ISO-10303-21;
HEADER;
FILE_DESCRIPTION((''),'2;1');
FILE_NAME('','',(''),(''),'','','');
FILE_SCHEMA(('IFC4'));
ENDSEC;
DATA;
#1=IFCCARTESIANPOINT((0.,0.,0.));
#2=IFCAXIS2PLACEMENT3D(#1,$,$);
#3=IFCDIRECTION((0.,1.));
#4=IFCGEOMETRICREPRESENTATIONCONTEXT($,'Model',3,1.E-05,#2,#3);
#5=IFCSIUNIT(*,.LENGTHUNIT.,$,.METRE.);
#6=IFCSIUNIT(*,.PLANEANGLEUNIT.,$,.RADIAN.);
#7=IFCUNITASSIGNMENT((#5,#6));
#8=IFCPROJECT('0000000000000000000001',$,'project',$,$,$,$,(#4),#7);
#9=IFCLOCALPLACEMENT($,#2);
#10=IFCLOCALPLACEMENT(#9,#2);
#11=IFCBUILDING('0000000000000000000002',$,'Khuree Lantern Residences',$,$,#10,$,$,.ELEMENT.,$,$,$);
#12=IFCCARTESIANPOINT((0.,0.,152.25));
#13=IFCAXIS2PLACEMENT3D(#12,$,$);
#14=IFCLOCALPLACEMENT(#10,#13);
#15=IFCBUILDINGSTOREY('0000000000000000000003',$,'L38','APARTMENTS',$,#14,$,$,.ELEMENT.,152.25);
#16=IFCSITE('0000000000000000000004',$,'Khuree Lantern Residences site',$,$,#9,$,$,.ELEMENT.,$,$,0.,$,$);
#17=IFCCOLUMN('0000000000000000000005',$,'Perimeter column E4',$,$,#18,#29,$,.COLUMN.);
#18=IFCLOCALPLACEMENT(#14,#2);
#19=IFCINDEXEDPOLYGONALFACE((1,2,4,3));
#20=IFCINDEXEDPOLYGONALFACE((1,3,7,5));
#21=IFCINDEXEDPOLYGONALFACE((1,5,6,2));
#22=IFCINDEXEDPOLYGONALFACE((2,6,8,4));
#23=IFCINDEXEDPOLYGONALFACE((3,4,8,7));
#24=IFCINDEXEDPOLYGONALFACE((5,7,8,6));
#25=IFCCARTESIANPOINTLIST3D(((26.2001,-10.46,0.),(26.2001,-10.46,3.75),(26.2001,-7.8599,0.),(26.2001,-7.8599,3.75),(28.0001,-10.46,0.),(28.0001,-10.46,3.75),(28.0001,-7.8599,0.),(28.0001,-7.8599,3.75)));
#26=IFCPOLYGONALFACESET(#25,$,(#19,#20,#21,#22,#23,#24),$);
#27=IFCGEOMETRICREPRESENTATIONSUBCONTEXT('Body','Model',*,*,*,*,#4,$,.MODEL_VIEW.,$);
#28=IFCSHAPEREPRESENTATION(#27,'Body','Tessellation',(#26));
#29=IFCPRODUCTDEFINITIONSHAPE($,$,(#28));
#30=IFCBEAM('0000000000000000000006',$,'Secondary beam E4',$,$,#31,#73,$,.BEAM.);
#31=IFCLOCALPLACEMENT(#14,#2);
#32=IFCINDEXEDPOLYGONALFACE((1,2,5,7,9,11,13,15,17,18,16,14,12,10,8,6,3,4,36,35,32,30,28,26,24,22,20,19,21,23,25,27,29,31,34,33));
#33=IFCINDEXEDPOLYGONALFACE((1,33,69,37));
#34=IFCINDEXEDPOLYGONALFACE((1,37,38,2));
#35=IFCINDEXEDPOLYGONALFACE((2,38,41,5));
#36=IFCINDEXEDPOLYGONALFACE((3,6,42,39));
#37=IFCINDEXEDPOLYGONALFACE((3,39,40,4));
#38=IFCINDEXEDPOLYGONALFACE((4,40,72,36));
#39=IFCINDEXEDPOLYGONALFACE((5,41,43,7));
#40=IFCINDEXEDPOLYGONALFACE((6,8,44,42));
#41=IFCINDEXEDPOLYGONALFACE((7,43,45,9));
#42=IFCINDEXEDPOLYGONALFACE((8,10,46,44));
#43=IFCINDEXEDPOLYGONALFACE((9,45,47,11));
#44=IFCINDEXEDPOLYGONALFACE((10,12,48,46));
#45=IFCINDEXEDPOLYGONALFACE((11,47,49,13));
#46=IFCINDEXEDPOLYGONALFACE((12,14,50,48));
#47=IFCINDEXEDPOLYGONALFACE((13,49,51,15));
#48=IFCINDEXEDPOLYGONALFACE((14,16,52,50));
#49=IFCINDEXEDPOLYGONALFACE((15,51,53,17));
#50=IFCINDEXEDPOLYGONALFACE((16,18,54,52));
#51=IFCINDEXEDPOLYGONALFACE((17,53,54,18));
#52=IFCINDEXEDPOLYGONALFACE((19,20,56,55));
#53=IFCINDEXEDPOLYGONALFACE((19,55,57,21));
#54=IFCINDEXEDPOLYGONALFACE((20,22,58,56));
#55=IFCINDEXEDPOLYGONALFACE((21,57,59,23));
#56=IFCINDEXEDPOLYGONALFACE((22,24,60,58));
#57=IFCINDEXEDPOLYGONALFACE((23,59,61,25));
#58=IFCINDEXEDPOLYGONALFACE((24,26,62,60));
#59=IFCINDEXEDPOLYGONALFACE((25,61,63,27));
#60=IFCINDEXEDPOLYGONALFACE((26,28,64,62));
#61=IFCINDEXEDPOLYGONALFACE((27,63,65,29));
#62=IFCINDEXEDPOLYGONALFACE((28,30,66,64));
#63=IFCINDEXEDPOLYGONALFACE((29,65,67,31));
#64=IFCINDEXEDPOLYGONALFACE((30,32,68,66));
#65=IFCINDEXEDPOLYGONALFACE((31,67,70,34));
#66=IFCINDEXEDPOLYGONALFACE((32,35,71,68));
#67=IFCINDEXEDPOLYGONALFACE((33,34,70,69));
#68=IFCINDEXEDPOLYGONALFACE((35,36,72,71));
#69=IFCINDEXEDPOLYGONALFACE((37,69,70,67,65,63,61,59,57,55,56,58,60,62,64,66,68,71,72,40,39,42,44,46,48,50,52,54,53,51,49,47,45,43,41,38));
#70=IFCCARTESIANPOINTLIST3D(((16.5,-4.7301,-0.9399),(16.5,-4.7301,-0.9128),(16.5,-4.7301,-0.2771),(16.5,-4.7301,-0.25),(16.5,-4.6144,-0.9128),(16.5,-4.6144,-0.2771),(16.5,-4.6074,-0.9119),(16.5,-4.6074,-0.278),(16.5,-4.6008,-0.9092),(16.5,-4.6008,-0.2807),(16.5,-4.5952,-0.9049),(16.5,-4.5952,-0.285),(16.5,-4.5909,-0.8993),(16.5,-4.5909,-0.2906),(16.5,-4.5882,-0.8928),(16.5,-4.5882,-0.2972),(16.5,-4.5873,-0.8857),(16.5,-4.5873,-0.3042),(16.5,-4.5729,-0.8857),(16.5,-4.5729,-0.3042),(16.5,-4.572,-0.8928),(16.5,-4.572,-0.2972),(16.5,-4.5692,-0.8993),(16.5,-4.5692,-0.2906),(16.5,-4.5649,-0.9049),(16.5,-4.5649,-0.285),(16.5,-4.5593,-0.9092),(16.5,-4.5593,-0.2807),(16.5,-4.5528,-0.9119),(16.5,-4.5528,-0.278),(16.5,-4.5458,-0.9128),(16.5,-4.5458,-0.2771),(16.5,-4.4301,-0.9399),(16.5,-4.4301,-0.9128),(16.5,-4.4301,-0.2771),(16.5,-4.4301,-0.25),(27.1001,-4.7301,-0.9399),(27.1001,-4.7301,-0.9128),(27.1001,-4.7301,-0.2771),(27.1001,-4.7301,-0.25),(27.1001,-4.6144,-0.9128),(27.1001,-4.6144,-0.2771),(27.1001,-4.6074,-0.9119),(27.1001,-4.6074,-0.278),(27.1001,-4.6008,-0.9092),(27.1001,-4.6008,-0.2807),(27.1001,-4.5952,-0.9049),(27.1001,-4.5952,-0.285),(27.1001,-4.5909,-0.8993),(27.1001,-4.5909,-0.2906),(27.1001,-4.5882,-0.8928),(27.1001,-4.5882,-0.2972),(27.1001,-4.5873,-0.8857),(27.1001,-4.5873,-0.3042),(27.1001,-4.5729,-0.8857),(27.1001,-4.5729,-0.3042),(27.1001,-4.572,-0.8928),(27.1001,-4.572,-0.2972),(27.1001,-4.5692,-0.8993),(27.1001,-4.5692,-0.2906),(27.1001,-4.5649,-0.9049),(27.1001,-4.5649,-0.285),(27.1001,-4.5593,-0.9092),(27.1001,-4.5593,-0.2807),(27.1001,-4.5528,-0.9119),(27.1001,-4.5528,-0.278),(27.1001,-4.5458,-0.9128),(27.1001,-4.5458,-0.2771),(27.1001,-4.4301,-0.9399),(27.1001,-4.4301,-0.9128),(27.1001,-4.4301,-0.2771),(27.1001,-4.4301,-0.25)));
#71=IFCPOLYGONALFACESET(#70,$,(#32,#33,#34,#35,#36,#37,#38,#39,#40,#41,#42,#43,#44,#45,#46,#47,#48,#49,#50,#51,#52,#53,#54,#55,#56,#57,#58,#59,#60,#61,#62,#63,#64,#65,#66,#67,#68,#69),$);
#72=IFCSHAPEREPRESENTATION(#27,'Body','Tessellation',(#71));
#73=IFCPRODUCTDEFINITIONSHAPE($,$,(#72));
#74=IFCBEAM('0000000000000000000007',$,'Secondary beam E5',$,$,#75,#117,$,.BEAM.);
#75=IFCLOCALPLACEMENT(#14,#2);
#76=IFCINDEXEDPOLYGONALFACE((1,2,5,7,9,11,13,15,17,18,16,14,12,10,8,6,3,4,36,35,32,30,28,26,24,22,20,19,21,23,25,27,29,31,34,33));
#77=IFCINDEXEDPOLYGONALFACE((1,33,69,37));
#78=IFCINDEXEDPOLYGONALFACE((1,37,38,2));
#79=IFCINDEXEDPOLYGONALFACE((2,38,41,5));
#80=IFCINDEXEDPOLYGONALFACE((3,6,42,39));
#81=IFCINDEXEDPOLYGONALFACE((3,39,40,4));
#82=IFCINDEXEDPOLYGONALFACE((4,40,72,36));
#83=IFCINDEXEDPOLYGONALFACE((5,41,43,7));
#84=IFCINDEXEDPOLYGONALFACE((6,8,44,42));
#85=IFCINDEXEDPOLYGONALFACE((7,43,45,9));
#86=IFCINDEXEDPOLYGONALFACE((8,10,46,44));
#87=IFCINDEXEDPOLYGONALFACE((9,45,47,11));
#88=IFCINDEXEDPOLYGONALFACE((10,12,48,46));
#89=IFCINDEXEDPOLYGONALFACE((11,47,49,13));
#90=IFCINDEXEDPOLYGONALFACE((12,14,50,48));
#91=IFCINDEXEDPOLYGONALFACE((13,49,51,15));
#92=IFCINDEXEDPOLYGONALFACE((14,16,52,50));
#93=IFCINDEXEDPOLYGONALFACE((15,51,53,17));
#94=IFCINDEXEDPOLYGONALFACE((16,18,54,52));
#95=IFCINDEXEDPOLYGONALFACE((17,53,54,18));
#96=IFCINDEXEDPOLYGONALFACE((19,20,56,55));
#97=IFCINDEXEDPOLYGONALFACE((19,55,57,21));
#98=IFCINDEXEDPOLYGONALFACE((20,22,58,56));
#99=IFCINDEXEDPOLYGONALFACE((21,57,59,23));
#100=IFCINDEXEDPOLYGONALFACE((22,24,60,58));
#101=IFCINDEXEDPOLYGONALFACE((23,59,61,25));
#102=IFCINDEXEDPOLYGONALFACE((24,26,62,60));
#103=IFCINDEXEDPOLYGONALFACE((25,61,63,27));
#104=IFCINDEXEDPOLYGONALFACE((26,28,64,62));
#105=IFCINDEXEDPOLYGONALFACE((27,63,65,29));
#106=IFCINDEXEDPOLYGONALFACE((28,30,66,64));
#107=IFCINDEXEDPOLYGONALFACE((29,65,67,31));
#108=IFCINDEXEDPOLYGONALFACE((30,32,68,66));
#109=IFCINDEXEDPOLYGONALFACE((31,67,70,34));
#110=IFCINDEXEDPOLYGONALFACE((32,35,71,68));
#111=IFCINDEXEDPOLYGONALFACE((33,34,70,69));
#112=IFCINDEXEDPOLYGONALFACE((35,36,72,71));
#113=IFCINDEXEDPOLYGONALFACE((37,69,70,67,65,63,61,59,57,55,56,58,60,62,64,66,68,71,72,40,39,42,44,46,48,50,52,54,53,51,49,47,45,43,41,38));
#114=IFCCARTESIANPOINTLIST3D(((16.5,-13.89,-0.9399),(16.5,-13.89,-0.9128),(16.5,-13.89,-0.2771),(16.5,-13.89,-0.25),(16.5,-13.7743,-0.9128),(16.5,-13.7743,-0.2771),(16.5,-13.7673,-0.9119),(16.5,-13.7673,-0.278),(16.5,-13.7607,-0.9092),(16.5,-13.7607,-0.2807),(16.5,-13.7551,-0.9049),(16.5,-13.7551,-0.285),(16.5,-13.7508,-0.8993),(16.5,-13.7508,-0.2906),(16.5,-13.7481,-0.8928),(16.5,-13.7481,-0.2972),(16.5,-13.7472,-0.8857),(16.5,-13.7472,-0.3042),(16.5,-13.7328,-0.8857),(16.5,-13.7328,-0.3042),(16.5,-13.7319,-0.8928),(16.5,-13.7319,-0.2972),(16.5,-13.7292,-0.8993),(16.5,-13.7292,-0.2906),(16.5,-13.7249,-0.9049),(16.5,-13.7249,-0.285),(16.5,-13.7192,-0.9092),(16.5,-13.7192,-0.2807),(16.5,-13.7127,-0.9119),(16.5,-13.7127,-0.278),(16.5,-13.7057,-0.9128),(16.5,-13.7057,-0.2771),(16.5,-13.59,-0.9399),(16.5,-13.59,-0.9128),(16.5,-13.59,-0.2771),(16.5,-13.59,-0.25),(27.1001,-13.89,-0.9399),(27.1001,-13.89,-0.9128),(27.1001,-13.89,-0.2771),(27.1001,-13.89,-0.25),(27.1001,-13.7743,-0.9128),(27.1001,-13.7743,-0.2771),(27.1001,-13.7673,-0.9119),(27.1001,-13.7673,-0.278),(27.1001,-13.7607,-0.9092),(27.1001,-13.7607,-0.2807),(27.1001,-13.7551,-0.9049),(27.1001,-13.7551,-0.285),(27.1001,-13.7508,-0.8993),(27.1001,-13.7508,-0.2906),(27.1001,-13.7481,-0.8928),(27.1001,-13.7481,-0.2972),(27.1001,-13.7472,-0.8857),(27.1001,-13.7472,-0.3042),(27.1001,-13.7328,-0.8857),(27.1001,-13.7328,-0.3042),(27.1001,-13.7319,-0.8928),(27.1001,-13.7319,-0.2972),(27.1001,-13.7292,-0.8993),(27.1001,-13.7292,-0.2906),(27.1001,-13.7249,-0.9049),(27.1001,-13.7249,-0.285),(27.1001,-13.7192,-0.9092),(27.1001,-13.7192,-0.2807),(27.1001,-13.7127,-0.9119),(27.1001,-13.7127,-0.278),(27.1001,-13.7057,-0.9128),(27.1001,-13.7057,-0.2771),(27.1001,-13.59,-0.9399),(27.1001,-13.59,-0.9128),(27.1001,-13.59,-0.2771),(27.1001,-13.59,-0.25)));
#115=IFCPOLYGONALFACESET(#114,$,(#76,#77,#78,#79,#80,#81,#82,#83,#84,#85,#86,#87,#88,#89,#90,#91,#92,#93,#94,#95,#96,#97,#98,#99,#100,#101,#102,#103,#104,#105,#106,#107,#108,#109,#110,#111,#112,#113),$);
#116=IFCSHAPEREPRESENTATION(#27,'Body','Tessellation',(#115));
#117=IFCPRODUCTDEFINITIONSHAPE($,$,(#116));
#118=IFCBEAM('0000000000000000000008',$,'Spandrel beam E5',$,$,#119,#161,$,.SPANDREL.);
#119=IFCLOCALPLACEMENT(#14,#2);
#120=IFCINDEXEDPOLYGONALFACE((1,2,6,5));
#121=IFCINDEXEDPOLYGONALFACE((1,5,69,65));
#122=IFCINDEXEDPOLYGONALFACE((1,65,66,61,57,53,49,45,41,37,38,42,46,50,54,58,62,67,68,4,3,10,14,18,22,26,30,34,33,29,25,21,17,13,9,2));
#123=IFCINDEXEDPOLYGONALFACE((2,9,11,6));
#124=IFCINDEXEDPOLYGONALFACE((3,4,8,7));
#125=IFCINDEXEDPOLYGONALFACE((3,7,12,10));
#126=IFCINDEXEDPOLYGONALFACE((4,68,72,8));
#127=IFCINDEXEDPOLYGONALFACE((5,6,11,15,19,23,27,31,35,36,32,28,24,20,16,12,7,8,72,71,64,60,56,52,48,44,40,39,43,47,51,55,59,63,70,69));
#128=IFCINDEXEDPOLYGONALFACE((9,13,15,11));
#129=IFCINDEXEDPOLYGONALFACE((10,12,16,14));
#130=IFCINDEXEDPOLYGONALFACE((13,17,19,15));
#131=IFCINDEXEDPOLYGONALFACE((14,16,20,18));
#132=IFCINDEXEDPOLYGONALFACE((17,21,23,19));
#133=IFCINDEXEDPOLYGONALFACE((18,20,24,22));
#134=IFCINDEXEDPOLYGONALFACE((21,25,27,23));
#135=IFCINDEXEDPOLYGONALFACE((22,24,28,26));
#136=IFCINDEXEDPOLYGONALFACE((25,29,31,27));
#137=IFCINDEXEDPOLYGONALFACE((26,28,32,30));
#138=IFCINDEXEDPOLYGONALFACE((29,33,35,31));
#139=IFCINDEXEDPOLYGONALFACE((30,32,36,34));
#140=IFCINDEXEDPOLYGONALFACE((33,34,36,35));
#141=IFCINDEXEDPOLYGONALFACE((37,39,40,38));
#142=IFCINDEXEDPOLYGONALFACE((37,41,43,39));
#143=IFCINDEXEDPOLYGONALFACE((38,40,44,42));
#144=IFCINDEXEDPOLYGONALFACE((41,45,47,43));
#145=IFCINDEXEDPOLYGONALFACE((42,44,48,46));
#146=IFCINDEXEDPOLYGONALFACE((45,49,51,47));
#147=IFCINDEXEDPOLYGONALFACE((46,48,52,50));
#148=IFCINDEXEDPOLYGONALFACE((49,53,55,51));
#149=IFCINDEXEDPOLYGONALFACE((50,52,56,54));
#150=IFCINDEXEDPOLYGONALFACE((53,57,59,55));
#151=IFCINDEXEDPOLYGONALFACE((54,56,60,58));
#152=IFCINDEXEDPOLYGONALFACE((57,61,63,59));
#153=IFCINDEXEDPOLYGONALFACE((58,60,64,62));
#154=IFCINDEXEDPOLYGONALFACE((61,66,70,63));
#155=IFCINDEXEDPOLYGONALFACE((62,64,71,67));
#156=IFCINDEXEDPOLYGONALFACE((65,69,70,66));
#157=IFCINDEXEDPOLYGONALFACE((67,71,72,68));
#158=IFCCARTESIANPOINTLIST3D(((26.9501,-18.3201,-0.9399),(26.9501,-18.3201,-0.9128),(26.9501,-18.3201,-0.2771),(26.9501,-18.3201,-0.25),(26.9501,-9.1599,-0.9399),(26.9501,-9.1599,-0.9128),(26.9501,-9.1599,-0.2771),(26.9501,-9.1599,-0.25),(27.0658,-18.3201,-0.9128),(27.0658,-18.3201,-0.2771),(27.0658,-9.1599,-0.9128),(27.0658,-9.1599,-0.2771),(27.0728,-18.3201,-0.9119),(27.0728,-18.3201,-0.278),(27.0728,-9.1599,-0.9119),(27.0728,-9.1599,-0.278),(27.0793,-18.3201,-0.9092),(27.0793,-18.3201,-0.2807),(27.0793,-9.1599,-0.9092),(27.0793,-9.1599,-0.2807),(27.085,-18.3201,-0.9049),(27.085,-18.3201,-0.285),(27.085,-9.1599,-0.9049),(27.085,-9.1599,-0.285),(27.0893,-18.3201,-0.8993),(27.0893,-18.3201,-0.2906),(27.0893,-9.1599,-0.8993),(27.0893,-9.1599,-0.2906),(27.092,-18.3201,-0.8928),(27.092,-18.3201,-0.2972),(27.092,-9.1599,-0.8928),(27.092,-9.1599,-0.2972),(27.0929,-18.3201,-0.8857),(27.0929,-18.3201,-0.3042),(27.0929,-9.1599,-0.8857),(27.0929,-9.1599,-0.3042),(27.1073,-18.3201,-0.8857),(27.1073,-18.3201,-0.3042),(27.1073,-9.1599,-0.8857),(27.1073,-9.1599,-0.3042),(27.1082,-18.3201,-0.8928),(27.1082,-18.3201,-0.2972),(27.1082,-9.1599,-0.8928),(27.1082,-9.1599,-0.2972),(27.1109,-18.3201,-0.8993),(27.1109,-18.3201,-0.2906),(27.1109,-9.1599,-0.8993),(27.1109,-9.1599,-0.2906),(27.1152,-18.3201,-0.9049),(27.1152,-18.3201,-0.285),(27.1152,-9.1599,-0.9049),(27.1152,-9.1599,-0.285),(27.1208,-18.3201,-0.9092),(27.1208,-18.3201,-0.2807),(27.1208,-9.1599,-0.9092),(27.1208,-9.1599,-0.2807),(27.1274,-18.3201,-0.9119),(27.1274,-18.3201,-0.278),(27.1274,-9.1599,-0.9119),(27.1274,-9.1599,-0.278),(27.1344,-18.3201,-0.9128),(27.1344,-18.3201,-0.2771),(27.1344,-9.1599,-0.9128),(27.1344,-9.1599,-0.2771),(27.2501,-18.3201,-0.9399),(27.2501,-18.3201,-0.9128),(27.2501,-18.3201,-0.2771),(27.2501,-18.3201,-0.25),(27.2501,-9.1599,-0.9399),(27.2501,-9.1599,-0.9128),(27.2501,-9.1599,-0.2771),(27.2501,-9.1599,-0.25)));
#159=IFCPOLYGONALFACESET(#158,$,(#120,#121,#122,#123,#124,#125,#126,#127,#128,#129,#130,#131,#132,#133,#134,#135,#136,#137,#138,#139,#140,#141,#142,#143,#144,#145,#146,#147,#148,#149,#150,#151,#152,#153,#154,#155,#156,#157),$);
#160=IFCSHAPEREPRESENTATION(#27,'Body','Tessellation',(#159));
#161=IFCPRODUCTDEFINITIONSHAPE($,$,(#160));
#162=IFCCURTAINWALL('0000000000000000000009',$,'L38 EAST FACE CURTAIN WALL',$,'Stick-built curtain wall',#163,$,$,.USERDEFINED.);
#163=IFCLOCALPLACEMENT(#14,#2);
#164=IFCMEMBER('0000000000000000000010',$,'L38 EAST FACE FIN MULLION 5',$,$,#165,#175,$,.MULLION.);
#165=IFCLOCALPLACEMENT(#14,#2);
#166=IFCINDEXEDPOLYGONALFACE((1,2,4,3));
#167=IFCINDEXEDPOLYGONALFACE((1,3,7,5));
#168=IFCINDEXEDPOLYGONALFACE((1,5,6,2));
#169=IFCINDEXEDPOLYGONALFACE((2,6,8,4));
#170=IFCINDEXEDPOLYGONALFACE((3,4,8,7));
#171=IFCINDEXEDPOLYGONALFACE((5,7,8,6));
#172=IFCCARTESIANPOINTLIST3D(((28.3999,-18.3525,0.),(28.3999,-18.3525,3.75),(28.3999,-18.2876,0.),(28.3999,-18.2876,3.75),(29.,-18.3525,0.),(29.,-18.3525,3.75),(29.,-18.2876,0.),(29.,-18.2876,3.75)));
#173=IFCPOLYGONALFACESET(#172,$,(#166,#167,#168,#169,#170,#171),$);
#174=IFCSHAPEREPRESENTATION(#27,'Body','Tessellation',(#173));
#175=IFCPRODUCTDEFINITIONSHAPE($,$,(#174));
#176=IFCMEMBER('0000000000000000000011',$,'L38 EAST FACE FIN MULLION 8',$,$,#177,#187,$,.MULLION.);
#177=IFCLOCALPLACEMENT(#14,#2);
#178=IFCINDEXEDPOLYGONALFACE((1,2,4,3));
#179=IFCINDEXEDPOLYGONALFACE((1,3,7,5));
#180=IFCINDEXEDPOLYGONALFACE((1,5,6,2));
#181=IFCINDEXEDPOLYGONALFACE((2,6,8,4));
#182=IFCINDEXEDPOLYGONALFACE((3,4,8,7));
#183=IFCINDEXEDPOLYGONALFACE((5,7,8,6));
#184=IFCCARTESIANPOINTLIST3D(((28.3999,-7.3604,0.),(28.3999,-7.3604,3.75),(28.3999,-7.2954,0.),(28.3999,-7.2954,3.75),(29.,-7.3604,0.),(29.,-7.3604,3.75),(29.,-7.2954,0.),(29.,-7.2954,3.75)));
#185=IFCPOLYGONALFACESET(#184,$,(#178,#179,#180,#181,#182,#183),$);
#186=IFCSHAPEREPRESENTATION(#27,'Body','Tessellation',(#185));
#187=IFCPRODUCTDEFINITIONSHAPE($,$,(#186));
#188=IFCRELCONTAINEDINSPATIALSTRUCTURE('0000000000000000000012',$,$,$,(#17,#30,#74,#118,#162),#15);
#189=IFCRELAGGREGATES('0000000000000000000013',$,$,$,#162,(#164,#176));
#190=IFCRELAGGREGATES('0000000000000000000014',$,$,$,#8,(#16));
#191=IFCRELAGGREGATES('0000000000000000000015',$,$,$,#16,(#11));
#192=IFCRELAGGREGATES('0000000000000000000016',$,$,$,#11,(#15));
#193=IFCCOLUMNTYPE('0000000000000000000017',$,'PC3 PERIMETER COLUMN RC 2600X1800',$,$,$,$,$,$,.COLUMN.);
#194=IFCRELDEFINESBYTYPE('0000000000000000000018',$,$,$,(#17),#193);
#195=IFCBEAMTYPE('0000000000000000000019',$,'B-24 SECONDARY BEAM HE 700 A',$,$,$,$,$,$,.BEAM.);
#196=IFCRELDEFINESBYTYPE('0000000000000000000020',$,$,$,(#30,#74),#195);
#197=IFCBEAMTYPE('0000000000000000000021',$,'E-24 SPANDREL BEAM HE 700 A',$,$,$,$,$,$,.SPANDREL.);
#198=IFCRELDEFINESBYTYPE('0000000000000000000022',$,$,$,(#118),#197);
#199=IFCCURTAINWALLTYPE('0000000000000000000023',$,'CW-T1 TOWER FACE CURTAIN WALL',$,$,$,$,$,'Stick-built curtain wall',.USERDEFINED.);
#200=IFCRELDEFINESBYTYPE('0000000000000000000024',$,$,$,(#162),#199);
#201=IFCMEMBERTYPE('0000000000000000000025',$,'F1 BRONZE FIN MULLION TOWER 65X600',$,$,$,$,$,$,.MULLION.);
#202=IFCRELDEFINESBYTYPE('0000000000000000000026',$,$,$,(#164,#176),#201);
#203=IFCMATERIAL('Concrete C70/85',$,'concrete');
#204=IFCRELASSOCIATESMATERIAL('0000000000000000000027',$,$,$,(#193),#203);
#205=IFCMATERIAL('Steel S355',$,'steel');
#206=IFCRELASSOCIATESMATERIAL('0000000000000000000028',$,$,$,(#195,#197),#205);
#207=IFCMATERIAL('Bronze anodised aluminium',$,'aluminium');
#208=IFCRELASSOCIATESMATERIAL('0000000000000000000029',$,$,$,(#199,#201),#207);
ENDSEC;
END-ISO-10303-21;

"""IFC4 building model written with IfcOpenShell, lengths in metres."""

from ifc_helpers import new_model, si_unit, direction, frame, origin, origin_2d, place, context, subcontext, project, spatial, rectangle, i_section, extrude, material, material_profile, profile_set, type_object, element, aggregate, save


model = new_model("IFC4")

# Units and contexts
model_context = context("Model", 3, precision=1e-05, world=origin(), true_north=direction((0.0, 1.0)))
body_context = subcontext(model_context, "Body", "Model", "MODEL_VIEW")
ifc_project = project(units=[si_unit("LENGTHUNIT", "METRE"), si_unit("PLANEANGLEUNIT", "RADIAN")], contexts=[model_context])

# Site, building, storey
site_placement = place(None, origin())
site = spatial("IfcSite", under=ifc_project, at=site_placement, Name="Khuree Lantern Residences site", CompositionType="ELEMENT", RefElevation=0.0)
building_placement = place(site_placement, origin())
building = spatial("IfcBuilding", under=site, at=building_placement, Name="Khuree Lantern Residences", CompositionType="ELEMENT")
storey_placement = place(building_placement, frame((0.0, 0.0, 152.25)))
storey = spatial("IfcBuildingStorey", under=building, at=storey_placement, Name="L38", Description="APARTMENTS", CompositionType="ELEMENT", Elevation=152.25)

# Column
ifc_material_1 = material(Name="Concrete C70/85", Category="concrete")
ifc_material_profile_1 = material_profile(ifc_material_1, rectangle(XDim=2.6001, YDim=1.8, at=origin_2d()), Name="RC 2600X1800")
ifc_profile_set_1 = profile_set([ifc_material_profile_1], Name="Concrete C70/85")
column_type = type_object("IfcColumnType", Name="PC3 PERIMETER COLUMN RC 2600X1800", PredefinedType="COLUMN", material=ifc_profile_set_1)
column_placement = place(storey_placement, frame((27.1001, -9.1599, 0.0), z_axis=(0.0, 0.0, 1.0), x_axis=(0.0, 1.0, 0.0)))
element("IfcColumn", 1, at=column_placement, inside=storey, type_object=column_type, Name="Perimeter column E4", PredefinedType="COLUMN", context=body_context, shape_type="SweptSolid", body=[
    extrude(rectangle(XDim=2.6001, YDim=1.8, at=origin_2d()), origin(), (0.0, 0.0, 1.0), 3.75),
])

# Beams
ifc_material_2 = material(Name="Steel S355", Category="steel")
ifc_material_profile_2 = material_profile(ifc_material_2, i_section(OverallWidth=0.3, OverallDepth=0.6899, WebThickness=0.0144, FlangeThickness=0.0271, FilletRadius=0.0271, at=origin_2d()), Name="HE 700 A")
ifc_profile_set_2 = profile_set([ifc_material_profile_2], Name="Steel S355")
beam_type_1 = type_object("IfcBeamType", Name="B-24 SECONDARY BEAM HE 700 A", PredefinedType="BEAM", material=ifc_profile_set_2)
for number, where, z_axis, x_axis, name in (
    (2, (27.1001, -4.5801, -0.595), (-1.0, 0.0, 0.0), (0.0, -1.0, 0.0), "Secondary beam E4"),
    (3, (27.1001, -13.74, -0.595), (-1.0, 0.0, 0.0), (0.0, -1.0, 0.0), "Secondary beam E5"),
):
    element("IfcBeam", number, at=place(storey_placement, frame(where, z_axis=z_axis, x_axis=x_axis)), inside=storey, type_object=beam_type_1, Name=name, PredefinedType="BEAM", context=body_context, shape_type="SweptSolid", body=[
        extrude(i_section(OverallWidth=0.3, OverallDepth=0.6899, WebThickness=0.0144, FlangeThickness=0.0271, FilletRadius=0.0271, at=origin_2d()), origin(), (0.0, 0.0, 1.0), 10.6001),
    ])
ifc_material_profile_3 = material_profile(ifc_material_2, i_section(OverallWidth=0.3, OverallDepth=0.6899, WebThickness=0.0144, FlangeThickness=0.0271, FilletRadius=0.0271, at=origin_2d()), Name="HE 700 A")
ifc_profile_set_3 = profile_set([ifc_material_profile_3], Name="Steel S355")
beam_type_2 = type_object("IfcBeamType", Name="E-24 SPANDREL BEAM HE 700 A", PredefinedType="SPANDREL", material=ifc_profile_set_3)
beam_1_placement = place(storey_placement, frame((27.1001, -9.1599, -0.595), z_axis=(0.0, -1.0, 0.0), x_axis=(1.0, 0.0, 0.0)))
element("IfcBeam", 4, at=beam_1_placement, inside=storey, type_object=beam_type_2, Name="Spandrel beam E5", PredefinedType="SPANDREL", context=body_context, shape_type="SweptSolid", body=[
    extrude(i_section(OverallWidth=0.3, OverallDepth=0.6899, WebThickness=0.0144, FlangeThickness=0.0271, FilletRadius=0.0271, at=origin_2d()), origin(), (0.0, 0.0, 1.0), 9.1602),
])

# Curtain wall, members
ifc_material_3 = material(Name="Bronze anodised aluminium", Category="aluminium")
curtain_wall_type = type_object("IfcCurtainWallType", Name="CW-T1 TOWER FACE CURTAIN WALL", ElementType="Stick-built curtain wall", PredefinedType="USERDEFINED", material=ifc_material_3)
curtain_wall_placement = place(storey_placement, origin())
curtain_wall = element("IfcCurtainWall", 5, at=curtain_wall_placement, inside=storey, type_object=curtain_wall_type, Name="L38 EAST FACE CURTAIN WALL", ObjectType="Stick-built curtain wall", PredefinedType="USERDEFINED")
ifc_material_profile_4 = material_profile(ifc_material_3, rectangle(XDim=0.0649, YDim=0.6001, at=origin_2d()), Name="F1 65X600")
ifc_profile_set_4 = profile_set([ifc_material_profile_4], Name="Bronze anodised aluminium")
member_type_1 = type_object("IfcMemberType", Name="F1 BRONZE FIN MULLION TOWER 65X600", PredefinedType="MULLION", material=ifc_profile_set_4)
member_1_placement = place(storey_placement, frame((28.7, -18.3201, 0.0), z_axis=(0.0, 0.0, 1.0), x_axis=(0.0, 1.0, 0.0)))
member_1 = element("IfcMember", 6, at=member_1_placement, type_object=member_type_1, Name="L38 EAST FACE FIN MULLION 5", PredefinedType="MULLION", context=body_context, shape_type="SweptSolid", body=[
    extrude(rectangle(XDim=0.0649, YDim=0.6001, at=origin_2d()), origin(), (0.0, 0.0, 1.0), 3.75),
])
member_2_placement = place(storey_placement, frame((28.7, -7.3279, 0.0), z_axis=(0.0, 0.0, 1.0), x_axis=(0.0, 1.0, 0.0)))
member_2 = element("IfcMember", 7, at=member_2_placement, type_object=member_type_1, Name="L38 EAST FACE FIN MULLION 8", PredefinedType="MULLION", context=body_context, shape_type="SweptSolid", body=[
    extrude(rectangle(XDim=0.0649, YDim=0.6001, at=origin_2d()), origin(), (0.0, 0.0, 1.0), 3.75),
])

aggregate(curtain_wall, [member_1, member_2])

save(model, "model.ifc")
